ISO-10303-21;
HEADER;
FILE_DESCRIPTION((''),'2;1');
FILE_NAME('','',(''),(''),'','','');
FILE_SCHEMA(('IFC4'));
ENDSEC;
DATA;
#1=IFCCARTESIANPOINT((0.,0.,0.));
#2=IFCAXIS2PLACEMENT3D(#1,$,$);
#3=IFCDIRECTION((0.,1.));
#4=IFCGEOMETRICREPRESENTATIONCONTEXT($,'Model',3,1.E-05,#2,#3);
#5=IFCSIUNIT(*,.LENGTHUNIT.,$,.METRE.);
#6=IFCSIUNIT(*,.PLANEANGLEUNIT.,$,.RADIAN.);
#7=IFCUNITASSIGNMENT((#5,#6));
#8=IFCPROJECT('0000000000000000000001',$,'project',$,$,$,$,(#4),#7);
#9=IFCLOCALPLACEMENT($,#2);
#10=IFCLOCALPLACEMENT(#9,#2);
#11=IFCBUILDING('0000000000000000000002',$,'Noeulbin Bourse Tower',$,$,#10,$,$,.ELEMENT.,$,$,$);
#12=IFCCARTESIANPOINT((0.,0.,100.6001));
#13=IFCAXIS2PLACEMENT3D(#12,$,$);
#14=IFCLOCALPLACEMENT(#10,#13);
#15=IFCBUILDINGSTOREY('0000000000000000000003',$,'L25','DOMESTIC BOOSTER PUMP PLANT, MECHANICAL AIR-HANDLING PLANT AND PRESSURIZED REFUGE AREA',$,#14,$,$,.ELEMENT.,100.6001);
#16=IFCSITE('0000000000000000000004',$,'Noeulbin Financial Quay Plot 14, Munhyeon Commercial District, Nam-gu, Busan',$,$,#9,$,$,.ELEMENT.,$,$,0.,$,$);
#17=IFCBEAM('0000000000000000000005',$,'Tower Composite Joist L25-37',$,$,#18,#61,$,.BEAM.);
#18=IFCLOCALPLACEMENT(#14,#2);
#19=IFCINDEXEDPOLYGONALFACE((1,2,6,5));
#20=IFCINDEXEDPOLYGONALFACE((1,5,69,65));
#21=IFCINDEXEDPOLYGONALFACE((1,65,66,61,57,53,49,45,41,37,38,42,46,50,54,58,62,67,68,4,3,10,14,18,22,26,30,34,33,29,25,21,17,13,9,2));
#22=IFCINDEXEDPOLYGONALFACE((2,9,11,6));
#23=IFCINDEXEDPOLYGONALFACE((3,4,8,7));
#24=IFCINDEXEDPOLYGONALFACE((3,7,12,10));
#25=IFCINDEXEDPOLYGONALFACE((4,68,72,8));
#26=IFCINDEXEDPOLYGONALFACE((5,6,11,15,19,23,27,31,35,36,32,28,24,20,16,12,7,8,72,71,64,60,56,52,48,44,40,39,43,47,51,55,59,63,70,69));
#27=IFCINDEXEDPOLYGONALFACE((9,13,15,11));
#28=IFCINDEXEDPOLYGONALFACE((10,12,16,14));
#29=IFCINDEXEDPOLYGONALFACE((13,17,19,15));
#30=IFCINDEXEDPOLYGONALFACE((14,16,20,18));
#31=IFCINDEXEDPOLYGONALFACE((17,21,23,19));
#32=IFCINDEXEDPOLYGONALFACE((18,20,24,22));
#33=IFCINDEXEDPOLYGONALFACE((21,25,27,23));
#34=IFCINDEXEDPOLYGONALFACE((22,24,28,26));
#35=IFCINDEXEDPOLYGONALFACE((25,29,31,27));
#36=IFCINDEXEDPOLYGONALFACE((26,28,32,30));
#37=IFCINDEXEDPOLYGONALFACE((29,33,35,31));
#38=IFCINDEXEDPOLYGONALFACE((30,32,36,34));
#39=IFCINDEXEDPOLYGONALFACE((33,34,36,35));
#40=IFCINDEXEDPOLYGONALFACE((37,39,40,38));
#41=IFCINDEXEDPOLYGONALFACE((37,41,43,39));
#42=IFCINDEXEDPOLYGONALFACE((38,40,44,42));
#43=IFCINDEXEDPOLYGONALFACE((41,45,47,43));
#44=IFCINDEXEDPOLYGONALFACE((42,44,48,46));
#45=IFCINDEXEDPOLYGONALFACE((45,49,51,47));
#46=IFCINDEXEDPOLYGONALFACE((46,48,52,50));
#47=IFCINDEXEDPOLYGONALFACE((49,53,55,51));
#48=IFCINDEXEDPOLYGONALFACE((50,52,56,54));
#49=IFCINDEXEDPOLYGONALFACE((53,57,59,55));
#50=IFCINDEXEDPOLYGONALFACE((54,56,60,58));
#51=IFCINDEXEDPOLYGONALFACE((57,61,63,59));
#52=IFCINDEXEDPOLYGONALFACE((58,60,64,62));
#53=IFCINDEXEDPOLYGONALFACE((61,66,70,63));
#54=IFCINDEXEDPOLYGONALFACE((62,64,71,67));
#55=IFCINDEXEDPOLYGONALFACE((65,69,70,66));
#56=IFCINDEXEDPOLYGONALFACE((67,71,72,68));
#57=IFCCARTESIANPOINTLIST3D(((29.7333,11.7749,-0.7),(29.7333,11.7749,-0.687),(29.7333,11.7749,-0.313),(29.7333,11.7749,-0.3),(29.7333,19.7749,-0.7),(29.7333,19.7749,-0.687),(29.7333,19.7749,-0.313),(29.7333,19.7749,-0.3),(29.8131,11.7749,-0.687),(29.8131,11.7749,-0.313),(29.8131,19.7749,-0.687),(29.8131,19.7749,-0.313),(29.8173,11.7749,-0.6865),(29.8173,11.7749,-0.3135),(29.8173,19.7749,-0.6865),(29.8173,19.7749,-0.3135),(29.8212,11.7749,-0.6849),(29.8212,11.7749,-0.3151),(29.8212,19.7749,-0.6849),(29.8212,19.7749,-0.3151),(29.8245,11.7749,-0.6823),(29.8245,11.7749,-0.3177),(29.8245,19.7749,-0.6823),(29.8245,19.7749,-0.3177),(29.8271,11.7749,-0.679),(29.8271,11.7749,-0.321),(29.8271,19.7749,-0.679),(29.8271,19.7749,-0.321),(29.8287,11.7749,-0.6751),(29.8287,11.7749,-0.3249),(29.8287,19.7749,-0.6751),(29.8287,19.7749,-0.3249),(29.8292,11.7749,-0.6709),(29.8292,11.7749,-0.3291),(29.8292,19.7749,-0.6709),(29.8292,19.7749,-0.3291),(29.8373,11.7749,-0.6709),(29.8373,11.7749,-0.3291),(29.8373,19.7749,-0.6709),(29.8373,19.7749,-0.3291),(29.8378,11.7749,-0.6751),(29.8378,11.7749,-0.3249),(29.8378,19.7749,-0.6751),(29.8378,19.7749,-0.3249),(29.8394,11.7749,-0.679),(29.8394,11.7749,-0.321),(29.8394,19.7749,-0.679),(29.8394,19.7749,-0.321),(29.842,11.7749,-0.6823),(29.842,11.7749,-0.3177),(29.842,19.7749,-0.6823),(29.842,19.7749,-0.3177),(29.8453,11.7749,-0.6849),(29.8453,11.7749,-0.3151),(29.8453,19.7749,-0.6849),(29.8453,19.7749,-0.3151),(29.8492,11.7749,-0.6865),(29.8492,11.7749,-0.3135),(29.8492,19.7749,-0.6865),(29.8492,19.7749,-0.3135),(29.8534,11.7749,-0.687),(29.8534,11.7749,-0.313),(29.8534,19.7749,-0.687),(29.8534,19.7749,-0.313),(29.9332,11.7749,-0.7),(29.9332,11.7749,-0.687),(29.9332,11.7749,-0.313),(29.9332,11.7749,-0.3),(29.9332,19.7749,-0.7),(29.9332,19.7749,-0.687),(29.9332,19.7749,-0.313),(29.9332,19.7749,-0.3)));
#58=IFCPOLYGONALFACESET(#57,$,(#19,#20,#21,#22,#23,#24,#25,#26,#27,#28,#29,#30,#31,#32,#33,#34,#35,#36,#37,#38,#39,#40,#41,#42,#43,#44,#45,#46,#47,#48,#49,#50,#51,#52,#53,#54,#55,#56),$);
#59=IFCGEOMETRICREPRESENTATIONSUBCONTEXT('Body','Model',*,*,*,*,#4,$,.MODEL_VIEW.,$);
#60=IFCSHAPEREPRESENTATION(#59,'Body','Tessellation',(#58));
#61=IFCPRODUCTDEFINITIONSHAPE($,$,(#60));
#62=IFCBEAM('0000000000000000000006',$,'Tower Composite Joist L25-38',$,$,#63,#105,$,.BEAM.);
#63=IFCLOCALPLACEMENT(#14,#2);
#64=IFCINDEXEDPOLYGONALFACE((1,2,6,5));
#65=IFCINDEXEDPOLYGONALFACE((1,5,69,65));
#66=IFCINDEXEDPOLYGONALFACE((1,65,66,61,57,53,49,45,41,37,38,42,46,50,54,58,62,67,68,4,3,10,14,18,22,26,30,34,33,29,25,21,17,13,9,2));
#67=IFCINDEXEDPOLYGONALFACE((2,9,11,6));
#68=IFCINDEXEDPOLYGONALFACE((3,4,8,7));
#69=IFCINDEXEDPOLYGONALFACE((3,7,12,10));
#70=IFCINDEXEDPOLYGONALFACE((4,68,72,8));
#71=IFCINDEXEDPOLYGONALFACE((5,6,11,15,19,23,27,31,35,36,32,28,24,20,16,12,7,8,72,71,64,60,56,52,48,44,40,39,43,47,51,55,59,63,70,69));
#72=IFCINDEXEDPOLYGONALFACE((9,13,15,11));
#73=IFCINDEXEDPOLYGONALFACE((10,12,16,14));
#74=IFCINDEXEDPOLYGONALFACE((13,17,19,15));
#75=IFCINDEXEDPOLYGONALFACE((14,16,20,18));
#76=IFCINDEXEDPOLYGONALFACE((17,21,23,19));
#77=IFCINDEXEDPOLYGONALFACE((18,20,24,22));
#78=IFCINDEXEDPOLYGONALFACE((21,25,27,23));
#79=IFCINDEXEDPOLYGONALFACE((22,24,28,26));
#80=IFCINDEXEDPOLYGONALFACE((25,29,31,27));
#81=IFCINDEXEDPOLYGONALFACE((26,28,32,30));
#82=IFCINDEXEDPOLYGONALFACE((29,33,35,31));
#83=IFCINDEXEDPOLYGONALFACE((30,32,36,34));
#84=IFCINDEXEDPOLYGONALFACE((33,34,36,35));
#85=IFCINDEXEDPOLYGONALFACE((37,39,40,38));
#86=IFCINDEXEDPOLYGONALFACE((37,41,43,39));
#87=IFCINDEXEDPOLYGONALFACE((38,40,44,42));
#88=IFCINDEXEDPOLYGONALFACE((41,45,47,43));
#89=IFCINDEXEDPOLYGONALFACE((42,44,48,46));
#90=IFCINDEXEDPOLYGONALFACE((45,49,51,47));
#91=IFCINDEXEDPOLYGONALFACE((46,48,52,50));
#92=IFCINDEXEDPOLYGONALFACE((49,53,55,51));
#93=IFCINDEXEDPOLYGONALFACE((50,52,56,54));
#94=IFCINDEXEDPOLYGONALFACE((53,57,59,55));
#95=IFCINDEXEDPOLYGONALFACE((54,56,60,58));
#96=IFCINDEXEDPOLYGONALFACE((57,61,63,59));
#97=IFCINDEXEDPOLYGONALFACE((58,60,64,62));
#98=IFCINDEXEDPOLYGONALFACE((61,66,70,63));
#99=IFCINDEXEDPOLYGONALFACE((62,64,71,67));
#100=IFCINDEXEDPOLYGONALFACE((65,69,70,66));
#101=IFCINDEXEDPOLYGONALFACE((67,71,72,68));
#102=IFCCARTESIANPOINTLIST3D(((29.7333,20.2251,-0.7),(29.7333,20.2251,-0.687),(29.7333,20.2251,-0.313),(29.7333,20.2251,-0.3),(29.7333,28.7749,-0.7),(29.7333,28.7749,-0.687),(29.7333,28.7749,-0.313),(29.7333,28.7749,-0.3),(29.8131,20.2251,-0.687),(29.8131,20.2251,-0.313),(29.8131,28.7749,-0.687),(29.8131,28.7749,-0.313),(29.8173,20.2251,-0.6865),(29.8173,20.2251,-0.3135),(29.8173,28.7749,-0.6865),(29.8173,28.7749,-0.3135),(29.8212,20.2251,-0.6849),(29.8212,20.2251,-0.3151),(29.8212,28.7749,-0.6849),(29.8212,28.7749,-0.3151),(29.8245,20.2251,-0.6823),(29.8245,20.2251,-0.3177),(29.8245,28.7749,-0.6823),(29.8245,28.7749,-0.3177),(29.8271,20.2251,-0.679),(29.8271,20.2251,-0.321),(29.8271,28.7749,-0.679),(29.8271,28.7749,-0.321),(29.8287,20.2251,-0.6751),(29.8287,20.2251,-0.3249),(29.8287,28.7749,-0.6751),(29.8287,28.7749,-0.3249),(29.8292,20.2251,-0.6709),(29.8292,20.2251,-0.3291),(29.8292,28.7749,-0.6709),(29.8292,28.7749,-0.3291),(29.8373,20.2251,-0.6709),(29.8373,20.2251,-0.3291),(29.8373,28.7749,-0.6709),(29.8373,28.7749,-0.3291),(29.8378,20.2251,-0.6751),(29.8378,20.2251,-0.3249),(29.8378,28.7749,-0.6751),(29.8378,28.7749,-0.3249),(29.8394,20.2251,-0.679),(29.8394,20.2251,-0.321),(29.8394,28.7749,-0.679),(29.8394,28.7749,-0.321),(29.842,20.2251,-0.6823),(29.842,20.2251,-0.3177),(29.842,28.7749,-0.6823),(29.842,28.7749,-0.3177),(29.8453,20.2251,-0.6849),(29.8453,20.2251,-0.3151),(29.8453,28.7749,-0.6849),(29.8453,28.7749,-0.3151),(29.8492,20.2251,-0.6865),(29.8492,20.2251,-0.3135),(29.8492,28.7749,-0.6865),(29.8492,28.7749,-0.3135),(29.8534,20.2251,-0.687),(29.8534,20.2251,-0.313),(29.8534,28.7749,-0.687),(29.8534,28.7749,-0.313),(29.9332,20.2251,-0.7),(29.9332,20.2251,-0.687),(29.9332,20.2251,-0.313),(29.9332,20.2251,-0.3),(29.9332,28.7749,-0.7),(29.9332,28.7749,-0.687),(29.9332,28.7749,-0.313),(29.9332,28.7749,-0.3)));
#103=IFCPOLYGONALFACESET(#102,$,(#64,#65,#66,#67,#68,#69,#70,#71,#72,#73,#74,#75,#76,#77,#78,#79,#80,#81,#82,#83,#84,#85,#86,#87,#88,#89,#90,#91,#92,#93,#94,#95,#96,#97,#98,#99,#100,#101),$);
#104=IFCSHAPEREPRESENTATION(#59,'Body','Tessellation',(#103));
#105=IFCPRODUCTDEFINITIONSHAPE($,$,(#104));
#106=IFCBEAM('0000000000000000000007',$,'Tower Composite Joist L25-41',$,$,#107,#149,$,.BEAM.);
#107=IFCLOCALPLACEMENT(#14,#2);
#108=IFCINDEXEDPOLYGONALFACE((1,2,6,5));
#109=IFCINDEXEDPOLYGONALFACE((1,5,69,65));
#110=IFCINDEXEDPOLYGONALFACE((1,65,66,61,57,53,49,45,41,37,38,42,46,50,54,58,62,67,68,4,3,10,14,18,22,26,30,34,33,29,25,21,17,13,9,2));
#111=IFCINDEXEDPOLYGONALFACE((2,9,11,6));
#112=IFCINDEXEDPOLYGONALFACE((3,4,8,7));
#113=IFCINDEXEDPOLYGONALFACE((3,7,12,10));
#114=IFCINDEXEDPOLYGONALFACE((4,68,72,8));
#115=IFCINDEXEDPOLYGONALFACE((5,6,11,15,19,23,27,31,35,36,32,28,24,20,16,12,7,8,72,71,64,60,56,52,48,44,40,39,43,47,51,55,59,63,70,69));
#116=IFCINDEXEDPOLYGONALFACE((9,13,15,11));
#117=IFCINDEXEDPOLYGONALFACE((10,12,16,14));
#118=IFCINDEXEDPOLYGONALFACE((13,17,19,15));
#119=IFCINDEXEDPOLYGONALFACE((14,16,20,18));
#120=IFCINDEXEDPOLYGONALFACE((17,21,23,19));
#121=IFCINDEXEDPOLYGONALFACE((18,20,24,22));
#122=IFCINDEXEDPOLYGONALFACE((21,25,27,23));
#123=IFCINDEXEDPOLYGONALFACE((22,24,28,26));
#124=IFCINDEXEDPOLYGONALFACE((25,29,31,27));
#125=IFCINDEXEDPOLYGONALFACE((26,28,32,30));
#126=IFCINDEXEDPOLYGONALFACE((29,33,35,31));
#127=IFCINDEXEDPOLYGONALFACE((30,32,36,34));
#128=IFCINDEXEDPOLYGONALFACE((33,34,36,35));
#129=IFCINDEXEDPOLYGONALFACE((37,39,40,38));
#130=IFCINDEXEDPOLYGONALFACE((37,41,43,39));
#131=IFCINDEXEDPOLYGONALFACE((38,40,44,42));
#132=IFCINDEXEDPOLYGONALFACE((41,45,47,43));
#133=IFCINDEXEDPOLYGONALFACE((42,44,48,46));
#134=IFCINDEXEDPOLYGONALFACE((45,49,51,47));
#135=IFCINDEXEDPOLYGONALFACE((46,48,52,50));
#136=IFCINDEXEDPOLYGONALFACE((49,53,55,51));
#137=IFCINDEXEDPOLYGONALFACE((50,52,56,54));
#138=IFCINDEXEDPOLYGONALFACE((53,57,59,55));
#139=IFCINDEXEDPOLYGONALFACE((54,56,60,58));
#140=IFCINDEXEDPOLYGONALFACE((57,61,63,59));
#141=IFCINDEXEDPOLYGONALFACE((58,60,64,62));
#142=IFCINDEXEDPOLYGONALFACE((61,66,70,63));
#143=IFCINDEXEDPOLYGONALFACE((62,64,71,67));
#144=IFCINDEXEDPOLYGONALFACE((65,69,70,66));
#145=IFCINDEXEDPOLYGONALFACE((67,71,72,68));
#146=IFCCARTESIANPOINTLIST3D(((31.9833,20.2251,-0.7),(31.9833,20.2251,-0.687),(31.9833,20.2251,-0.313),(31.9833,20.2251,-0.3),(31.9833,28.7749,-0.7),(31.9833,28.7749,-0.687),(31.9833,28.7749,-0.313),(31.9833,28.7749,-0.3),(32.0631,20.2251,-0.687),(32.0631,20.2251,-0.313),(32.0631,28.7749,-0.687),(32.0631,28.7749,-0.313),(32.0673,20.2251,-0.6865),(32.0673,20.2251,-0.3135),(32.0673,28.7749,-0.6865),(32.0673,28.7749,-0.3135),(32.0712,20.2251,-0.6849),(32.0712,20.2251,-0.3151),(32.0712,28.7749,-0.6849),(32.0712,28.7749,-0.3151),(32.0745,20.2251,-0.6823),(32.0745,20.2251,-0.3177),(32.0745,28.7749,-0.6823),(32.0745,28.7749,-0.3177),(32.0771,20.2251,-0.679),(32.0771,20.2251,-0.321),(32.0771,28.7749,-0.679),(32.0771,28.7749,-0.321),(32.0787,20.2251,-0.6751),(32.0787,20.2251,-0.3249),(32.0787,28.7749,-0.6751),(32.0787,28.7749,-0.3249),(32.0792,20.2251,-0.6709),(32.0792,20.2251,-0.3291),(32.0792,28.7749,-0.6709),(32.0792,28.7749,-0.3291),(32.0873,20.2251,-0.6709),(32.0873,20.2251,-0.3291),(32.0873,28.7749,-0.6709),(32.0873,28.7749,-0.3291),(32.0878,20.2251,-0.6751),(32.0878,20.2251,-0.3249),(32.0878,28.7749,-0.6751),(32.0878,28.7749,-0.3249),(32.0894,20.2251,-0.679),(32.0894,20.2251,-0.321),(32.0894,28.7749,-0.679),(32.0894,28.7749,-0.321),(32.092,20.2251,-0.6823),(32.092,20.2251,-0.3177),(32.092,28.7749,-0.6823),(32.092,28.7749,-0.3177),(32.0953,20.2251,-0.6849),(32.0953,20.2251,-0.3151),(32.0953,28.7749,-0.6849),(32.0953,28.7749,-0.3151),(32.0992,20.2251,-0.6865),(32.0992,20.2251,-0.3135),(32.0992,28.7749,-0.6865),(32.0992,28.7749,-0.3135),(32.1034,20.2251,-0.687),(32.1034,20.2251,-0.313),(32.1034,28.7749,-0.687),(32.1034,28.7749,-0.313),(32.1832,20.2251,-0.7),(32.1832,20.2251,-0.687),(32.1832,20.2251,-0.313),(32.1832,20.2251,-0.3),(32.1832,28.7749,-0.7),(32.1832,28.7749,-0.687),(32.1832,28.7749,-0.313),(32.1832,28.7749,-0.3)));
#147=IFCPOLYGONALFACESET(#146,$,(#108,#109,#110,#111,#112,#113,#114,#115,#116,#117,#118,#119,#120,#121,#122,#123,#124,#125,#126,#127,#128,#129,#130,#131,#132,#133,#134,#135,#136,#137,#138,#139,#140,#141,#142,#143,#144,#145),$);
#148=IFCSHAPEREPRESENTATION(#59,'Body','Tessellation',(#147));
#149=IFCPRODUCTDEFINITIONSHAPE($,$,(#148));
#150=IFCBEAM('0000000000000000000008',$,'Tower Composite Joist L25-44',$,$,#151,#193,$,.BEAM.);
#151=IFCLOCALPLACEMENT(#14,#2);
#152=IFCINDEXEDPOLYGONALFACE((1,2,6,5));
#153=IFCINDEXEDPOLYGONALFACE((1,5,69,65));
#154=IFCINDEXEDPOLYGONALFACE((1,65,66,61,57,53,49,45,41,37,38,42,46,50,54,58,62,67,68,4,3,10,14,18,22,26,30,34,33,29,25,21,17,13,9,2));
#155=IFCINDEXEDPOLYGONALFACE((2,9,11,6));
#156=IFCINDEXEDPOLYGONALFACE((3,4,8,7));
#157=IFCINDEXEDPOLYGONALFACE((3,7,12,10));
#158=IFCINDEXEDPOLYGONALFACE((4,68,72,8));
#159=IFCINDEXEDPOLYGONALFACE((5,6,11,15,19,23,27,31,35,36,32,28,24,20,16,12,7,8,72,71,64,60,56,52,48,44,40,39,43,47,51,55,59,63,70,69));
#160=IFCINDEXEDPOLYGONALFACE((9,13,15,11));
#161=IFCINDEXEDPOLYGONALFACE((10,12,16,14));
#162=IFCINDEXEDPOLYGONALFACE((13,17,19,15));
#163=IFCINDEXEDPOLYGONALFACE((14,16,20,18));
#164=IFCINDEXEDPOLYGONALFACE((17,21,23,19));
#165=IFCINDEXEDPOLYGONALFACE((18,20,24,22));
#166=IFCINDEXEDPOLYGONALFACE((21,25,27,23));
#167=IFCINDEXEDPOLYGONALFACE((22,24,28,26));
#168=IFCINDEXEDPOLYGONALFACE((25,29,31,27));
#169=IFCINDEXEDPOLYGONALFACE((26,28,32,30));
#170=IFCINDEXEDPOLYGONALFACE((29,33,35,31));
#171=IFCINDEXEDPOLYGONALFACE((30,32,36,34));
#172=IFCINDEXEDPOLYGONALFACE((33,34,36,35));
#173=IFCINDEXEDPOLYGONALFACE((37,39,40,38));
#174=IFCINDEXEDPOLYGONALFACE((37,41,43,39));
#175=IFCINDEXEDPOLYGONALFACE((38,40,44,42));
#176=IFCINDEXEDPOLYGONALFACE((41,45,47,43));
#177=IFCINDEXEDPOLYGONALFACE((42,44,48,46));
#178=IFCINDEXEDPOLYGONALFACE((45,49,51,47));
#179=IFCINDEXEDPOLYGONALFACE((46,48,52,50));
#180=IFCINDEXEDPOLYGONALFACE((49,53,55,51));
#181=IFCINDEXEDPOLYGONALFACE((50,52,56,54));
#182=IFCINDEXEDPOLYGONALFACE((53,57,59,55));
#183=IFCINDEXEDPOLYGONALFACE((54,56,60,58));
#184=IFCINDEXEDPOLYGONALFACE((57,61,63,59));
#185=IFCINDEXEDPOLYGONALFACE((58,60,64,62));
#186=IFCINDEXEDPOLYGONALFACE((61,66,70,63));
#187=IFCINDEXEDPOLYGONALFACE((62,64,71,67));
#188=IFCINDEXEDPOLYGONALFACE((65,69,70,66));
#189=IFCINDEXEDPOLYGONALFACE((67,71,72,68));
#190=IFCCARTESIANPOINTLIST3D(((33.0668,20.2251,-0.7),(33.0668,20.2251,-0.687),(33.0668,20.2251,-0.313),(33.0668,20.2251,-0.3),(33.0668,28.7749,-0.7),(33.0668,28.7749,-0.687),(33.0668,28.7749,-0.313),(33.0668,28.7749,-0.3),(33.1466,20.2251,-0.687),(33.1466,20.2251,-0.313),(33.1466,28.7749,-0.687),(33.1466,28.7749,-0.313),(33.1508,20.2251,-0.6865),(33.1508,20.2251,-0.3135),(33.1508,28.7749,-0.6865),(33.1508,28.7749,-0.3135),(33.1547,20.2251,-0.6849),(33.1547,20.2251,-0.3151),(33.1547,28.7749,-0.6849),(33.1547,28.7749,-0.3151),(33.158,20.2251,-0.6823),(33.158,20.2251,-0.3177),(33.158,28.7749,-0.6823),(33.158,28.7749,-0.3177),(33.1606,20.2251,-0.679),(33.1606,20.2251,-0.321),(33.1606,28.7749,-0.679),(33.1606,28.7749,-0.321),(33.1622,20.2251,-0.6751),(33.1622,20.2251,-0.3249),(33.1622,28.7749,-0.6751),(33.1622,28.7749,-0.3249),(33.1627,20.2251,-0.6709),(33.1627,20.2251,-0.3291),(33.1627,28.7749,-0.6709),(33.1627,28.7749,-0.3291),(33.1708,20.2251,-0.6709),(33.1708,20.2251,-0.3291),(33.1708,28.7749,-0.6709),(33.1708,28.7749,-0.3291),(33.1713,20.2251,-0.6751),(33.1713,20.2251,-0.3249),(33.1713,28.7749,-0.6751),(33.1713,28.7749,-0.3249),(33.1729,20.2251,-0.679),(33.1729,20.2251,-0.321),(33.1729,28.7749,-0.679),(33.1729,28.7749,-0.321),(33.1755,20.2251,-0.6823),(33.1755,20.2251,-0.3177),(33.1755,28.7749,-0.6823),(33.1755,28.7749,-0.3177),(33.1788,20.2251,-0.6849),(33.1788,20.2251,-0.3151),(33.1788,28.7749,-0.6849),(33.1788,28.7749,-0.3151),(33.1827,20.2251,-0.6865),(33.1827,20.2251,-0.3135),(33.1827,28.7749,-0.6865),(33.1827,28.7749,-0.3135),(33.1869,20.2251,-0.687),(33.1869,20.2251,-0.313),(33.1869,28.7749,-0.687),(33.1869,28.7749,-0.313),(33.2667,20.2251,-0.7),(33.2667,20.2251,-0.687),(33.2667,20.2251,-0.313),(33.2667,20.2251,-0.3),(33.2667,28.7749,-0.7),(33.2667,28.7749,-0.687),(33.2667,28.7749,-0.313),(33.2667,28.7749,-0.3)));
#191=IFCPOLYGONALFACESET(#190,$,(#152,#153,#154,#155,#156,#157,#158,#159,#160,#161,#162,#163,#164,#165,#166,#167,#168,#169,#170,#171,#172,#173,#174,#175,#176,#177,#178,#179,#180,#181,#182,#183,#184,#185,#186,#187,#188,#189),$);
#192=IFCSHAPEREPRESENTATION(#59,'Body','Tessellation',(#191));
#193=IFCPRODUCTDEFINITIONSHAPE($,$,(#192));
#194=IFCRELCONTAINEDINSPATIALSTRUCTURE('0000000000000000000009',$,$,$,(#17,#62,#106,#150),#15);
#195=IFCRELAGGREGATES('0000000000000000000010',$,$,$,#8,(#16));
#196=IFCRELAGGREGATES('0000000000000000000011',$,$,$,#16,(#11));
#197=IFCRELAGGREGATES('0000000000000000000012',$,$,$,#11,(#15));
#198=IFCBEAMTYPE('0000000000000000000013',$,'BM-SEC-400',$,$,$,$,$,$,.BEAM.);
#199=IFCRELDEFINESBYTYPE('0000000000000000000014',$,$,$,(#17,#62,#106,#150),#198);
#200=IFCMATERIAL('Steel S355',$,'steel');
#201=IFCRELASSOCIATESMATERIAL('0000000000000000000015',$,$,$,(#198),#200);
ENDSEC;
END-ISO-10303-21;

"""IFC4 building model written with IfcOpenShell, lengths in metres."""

from ifc_helpers import new_model, si_unit, direction, frame, origin, origin_2d, place, context, subcontext, project, spatial, i_section, extrude, material, material_profile, profile_set, type_object, element, save


model = new_model("IFC4")

# Units and contexts
model_context = context("Model", 3, precision=1e-05, world=origin(), true_north=direction((0.0, 1.0)))
body_context = subcontext(model_context, "Body", "Model", "MODEL_VIEW")
ifc_project = project(units=[si_unit("LENGTHUNIT", "METRE"), si_unit("PLANEANGLEUNIT", "RADIAN")], contexts=[model_context])

# Site, building, storey
site_placement = place(None, origin())
site = spatial("IfcSite", under=ifc_project, at=site_placement, Name="Noeulbin Financial Quay Plot 14, Munhyeon Commercial District, Nam-gu, Busan", CompositionType="ELEMENT", RefElevation=0.0)
building_placement = place(site_placement, origin())
building = spatial("IfcBuilding", under=site, at=building_placement, Name="Noeulbin Bourse Tower", CompositionType="ELEMENT")
storey_placement = place(building_placement, frame((0.0, 0.0, 100.6001)))
storey = spatial("IfcBuildingStorey", under=building, at=storey_placement, Name="L25", Description="DOMESTIC BOOSTER PUMP PLANT, MECHANICAL AIR-HANDLING PLANT AND PRESSURIZED REFUGE AREA", CompositionType="ELEMENT", Elevation=100.6001)

# Beams
ifc_material_1 = material(Name="Steel S355", Category="steel")
ifc_material_profile_1 = material_profile(ifc_material_1, i_section(OverallWidth=0.2, OverallDepth=0.3999, WebThickness=0.0081, FlangeThickness=0.0129, FilletRadius=0.0161, at=origin_2d()), Name="H-400x200x8x13", Category="LoadBearing")
ifc_profile_set_1 = profile_set([ifc_material_profile_1], Name="Steel S355")
beam_type_1 = type_object("IfcBeamType", Name="BM-SEC-400", PredefinedType="BEAM", material=ifc_profile_set_1)
beam_placement = place(storey_placement, frame((29.8333, 11.7749, -0.5), z_axis=(0.0, 1.0, 0.0), x_axis=(-1.0, 0.0, 0.0)))
element("IfcBeam", 1, at=beam_placement, inside=storey, type_object=beam_type_1, Name="Tower Composite Joist L25-37", PredefinedType="BEAM", context=body_context, shape_type="SweptSolid", body=[
    extrude(i_section(OverallWidth=0.2, OverallDepth=0.3999, WebThickness=0.0081, FlangeThickness=0.0129, FilletRadius=0.0161, at=origin_2d()), origin(), (0.0, 0.0, 1.0), 8.0),
])
for number, where, z_axis, x_axis, name in (
    (2, (29.8333, 20.2251, -0.5), (0.0, 1.0, 0.0), (-1.0, 0.0, 0.0), "Tower Composite Joist L25-38"),
    (3, (32.0833, 20.2251, -0.5), (0.0, 1.0, 0.0), (-1.0, 0.0, 0.0), "Tower Composite Joist L25-41"),
    (4, (33.1667, 20.2251, -0.5), (0.0, 1.0, 0.0), (-1.0, 0.0, 0.0), "Tower Composite Joist L25-44"),
):
    element("IfcBeam", number, at=place(storey_placement, frame(where, z_axis=z_axis, x_axis=x_axis)), inside=storey, type_object=beam_type_1, Name=name, PredefinedType="BEAM", context=body_context, shape_type="SweptSolid", body=[
        extrude(i_section(OverallWidth=0.2, OverallDepth=0.3999, WebThickness=0.0081, FlangeThickness=0.0129, FilletRadius=0.0161, at=origin_2d()), origin(), (0.0, 0.0, 1.0), 8.5498),
    ])

save(model, "model.ifc")
